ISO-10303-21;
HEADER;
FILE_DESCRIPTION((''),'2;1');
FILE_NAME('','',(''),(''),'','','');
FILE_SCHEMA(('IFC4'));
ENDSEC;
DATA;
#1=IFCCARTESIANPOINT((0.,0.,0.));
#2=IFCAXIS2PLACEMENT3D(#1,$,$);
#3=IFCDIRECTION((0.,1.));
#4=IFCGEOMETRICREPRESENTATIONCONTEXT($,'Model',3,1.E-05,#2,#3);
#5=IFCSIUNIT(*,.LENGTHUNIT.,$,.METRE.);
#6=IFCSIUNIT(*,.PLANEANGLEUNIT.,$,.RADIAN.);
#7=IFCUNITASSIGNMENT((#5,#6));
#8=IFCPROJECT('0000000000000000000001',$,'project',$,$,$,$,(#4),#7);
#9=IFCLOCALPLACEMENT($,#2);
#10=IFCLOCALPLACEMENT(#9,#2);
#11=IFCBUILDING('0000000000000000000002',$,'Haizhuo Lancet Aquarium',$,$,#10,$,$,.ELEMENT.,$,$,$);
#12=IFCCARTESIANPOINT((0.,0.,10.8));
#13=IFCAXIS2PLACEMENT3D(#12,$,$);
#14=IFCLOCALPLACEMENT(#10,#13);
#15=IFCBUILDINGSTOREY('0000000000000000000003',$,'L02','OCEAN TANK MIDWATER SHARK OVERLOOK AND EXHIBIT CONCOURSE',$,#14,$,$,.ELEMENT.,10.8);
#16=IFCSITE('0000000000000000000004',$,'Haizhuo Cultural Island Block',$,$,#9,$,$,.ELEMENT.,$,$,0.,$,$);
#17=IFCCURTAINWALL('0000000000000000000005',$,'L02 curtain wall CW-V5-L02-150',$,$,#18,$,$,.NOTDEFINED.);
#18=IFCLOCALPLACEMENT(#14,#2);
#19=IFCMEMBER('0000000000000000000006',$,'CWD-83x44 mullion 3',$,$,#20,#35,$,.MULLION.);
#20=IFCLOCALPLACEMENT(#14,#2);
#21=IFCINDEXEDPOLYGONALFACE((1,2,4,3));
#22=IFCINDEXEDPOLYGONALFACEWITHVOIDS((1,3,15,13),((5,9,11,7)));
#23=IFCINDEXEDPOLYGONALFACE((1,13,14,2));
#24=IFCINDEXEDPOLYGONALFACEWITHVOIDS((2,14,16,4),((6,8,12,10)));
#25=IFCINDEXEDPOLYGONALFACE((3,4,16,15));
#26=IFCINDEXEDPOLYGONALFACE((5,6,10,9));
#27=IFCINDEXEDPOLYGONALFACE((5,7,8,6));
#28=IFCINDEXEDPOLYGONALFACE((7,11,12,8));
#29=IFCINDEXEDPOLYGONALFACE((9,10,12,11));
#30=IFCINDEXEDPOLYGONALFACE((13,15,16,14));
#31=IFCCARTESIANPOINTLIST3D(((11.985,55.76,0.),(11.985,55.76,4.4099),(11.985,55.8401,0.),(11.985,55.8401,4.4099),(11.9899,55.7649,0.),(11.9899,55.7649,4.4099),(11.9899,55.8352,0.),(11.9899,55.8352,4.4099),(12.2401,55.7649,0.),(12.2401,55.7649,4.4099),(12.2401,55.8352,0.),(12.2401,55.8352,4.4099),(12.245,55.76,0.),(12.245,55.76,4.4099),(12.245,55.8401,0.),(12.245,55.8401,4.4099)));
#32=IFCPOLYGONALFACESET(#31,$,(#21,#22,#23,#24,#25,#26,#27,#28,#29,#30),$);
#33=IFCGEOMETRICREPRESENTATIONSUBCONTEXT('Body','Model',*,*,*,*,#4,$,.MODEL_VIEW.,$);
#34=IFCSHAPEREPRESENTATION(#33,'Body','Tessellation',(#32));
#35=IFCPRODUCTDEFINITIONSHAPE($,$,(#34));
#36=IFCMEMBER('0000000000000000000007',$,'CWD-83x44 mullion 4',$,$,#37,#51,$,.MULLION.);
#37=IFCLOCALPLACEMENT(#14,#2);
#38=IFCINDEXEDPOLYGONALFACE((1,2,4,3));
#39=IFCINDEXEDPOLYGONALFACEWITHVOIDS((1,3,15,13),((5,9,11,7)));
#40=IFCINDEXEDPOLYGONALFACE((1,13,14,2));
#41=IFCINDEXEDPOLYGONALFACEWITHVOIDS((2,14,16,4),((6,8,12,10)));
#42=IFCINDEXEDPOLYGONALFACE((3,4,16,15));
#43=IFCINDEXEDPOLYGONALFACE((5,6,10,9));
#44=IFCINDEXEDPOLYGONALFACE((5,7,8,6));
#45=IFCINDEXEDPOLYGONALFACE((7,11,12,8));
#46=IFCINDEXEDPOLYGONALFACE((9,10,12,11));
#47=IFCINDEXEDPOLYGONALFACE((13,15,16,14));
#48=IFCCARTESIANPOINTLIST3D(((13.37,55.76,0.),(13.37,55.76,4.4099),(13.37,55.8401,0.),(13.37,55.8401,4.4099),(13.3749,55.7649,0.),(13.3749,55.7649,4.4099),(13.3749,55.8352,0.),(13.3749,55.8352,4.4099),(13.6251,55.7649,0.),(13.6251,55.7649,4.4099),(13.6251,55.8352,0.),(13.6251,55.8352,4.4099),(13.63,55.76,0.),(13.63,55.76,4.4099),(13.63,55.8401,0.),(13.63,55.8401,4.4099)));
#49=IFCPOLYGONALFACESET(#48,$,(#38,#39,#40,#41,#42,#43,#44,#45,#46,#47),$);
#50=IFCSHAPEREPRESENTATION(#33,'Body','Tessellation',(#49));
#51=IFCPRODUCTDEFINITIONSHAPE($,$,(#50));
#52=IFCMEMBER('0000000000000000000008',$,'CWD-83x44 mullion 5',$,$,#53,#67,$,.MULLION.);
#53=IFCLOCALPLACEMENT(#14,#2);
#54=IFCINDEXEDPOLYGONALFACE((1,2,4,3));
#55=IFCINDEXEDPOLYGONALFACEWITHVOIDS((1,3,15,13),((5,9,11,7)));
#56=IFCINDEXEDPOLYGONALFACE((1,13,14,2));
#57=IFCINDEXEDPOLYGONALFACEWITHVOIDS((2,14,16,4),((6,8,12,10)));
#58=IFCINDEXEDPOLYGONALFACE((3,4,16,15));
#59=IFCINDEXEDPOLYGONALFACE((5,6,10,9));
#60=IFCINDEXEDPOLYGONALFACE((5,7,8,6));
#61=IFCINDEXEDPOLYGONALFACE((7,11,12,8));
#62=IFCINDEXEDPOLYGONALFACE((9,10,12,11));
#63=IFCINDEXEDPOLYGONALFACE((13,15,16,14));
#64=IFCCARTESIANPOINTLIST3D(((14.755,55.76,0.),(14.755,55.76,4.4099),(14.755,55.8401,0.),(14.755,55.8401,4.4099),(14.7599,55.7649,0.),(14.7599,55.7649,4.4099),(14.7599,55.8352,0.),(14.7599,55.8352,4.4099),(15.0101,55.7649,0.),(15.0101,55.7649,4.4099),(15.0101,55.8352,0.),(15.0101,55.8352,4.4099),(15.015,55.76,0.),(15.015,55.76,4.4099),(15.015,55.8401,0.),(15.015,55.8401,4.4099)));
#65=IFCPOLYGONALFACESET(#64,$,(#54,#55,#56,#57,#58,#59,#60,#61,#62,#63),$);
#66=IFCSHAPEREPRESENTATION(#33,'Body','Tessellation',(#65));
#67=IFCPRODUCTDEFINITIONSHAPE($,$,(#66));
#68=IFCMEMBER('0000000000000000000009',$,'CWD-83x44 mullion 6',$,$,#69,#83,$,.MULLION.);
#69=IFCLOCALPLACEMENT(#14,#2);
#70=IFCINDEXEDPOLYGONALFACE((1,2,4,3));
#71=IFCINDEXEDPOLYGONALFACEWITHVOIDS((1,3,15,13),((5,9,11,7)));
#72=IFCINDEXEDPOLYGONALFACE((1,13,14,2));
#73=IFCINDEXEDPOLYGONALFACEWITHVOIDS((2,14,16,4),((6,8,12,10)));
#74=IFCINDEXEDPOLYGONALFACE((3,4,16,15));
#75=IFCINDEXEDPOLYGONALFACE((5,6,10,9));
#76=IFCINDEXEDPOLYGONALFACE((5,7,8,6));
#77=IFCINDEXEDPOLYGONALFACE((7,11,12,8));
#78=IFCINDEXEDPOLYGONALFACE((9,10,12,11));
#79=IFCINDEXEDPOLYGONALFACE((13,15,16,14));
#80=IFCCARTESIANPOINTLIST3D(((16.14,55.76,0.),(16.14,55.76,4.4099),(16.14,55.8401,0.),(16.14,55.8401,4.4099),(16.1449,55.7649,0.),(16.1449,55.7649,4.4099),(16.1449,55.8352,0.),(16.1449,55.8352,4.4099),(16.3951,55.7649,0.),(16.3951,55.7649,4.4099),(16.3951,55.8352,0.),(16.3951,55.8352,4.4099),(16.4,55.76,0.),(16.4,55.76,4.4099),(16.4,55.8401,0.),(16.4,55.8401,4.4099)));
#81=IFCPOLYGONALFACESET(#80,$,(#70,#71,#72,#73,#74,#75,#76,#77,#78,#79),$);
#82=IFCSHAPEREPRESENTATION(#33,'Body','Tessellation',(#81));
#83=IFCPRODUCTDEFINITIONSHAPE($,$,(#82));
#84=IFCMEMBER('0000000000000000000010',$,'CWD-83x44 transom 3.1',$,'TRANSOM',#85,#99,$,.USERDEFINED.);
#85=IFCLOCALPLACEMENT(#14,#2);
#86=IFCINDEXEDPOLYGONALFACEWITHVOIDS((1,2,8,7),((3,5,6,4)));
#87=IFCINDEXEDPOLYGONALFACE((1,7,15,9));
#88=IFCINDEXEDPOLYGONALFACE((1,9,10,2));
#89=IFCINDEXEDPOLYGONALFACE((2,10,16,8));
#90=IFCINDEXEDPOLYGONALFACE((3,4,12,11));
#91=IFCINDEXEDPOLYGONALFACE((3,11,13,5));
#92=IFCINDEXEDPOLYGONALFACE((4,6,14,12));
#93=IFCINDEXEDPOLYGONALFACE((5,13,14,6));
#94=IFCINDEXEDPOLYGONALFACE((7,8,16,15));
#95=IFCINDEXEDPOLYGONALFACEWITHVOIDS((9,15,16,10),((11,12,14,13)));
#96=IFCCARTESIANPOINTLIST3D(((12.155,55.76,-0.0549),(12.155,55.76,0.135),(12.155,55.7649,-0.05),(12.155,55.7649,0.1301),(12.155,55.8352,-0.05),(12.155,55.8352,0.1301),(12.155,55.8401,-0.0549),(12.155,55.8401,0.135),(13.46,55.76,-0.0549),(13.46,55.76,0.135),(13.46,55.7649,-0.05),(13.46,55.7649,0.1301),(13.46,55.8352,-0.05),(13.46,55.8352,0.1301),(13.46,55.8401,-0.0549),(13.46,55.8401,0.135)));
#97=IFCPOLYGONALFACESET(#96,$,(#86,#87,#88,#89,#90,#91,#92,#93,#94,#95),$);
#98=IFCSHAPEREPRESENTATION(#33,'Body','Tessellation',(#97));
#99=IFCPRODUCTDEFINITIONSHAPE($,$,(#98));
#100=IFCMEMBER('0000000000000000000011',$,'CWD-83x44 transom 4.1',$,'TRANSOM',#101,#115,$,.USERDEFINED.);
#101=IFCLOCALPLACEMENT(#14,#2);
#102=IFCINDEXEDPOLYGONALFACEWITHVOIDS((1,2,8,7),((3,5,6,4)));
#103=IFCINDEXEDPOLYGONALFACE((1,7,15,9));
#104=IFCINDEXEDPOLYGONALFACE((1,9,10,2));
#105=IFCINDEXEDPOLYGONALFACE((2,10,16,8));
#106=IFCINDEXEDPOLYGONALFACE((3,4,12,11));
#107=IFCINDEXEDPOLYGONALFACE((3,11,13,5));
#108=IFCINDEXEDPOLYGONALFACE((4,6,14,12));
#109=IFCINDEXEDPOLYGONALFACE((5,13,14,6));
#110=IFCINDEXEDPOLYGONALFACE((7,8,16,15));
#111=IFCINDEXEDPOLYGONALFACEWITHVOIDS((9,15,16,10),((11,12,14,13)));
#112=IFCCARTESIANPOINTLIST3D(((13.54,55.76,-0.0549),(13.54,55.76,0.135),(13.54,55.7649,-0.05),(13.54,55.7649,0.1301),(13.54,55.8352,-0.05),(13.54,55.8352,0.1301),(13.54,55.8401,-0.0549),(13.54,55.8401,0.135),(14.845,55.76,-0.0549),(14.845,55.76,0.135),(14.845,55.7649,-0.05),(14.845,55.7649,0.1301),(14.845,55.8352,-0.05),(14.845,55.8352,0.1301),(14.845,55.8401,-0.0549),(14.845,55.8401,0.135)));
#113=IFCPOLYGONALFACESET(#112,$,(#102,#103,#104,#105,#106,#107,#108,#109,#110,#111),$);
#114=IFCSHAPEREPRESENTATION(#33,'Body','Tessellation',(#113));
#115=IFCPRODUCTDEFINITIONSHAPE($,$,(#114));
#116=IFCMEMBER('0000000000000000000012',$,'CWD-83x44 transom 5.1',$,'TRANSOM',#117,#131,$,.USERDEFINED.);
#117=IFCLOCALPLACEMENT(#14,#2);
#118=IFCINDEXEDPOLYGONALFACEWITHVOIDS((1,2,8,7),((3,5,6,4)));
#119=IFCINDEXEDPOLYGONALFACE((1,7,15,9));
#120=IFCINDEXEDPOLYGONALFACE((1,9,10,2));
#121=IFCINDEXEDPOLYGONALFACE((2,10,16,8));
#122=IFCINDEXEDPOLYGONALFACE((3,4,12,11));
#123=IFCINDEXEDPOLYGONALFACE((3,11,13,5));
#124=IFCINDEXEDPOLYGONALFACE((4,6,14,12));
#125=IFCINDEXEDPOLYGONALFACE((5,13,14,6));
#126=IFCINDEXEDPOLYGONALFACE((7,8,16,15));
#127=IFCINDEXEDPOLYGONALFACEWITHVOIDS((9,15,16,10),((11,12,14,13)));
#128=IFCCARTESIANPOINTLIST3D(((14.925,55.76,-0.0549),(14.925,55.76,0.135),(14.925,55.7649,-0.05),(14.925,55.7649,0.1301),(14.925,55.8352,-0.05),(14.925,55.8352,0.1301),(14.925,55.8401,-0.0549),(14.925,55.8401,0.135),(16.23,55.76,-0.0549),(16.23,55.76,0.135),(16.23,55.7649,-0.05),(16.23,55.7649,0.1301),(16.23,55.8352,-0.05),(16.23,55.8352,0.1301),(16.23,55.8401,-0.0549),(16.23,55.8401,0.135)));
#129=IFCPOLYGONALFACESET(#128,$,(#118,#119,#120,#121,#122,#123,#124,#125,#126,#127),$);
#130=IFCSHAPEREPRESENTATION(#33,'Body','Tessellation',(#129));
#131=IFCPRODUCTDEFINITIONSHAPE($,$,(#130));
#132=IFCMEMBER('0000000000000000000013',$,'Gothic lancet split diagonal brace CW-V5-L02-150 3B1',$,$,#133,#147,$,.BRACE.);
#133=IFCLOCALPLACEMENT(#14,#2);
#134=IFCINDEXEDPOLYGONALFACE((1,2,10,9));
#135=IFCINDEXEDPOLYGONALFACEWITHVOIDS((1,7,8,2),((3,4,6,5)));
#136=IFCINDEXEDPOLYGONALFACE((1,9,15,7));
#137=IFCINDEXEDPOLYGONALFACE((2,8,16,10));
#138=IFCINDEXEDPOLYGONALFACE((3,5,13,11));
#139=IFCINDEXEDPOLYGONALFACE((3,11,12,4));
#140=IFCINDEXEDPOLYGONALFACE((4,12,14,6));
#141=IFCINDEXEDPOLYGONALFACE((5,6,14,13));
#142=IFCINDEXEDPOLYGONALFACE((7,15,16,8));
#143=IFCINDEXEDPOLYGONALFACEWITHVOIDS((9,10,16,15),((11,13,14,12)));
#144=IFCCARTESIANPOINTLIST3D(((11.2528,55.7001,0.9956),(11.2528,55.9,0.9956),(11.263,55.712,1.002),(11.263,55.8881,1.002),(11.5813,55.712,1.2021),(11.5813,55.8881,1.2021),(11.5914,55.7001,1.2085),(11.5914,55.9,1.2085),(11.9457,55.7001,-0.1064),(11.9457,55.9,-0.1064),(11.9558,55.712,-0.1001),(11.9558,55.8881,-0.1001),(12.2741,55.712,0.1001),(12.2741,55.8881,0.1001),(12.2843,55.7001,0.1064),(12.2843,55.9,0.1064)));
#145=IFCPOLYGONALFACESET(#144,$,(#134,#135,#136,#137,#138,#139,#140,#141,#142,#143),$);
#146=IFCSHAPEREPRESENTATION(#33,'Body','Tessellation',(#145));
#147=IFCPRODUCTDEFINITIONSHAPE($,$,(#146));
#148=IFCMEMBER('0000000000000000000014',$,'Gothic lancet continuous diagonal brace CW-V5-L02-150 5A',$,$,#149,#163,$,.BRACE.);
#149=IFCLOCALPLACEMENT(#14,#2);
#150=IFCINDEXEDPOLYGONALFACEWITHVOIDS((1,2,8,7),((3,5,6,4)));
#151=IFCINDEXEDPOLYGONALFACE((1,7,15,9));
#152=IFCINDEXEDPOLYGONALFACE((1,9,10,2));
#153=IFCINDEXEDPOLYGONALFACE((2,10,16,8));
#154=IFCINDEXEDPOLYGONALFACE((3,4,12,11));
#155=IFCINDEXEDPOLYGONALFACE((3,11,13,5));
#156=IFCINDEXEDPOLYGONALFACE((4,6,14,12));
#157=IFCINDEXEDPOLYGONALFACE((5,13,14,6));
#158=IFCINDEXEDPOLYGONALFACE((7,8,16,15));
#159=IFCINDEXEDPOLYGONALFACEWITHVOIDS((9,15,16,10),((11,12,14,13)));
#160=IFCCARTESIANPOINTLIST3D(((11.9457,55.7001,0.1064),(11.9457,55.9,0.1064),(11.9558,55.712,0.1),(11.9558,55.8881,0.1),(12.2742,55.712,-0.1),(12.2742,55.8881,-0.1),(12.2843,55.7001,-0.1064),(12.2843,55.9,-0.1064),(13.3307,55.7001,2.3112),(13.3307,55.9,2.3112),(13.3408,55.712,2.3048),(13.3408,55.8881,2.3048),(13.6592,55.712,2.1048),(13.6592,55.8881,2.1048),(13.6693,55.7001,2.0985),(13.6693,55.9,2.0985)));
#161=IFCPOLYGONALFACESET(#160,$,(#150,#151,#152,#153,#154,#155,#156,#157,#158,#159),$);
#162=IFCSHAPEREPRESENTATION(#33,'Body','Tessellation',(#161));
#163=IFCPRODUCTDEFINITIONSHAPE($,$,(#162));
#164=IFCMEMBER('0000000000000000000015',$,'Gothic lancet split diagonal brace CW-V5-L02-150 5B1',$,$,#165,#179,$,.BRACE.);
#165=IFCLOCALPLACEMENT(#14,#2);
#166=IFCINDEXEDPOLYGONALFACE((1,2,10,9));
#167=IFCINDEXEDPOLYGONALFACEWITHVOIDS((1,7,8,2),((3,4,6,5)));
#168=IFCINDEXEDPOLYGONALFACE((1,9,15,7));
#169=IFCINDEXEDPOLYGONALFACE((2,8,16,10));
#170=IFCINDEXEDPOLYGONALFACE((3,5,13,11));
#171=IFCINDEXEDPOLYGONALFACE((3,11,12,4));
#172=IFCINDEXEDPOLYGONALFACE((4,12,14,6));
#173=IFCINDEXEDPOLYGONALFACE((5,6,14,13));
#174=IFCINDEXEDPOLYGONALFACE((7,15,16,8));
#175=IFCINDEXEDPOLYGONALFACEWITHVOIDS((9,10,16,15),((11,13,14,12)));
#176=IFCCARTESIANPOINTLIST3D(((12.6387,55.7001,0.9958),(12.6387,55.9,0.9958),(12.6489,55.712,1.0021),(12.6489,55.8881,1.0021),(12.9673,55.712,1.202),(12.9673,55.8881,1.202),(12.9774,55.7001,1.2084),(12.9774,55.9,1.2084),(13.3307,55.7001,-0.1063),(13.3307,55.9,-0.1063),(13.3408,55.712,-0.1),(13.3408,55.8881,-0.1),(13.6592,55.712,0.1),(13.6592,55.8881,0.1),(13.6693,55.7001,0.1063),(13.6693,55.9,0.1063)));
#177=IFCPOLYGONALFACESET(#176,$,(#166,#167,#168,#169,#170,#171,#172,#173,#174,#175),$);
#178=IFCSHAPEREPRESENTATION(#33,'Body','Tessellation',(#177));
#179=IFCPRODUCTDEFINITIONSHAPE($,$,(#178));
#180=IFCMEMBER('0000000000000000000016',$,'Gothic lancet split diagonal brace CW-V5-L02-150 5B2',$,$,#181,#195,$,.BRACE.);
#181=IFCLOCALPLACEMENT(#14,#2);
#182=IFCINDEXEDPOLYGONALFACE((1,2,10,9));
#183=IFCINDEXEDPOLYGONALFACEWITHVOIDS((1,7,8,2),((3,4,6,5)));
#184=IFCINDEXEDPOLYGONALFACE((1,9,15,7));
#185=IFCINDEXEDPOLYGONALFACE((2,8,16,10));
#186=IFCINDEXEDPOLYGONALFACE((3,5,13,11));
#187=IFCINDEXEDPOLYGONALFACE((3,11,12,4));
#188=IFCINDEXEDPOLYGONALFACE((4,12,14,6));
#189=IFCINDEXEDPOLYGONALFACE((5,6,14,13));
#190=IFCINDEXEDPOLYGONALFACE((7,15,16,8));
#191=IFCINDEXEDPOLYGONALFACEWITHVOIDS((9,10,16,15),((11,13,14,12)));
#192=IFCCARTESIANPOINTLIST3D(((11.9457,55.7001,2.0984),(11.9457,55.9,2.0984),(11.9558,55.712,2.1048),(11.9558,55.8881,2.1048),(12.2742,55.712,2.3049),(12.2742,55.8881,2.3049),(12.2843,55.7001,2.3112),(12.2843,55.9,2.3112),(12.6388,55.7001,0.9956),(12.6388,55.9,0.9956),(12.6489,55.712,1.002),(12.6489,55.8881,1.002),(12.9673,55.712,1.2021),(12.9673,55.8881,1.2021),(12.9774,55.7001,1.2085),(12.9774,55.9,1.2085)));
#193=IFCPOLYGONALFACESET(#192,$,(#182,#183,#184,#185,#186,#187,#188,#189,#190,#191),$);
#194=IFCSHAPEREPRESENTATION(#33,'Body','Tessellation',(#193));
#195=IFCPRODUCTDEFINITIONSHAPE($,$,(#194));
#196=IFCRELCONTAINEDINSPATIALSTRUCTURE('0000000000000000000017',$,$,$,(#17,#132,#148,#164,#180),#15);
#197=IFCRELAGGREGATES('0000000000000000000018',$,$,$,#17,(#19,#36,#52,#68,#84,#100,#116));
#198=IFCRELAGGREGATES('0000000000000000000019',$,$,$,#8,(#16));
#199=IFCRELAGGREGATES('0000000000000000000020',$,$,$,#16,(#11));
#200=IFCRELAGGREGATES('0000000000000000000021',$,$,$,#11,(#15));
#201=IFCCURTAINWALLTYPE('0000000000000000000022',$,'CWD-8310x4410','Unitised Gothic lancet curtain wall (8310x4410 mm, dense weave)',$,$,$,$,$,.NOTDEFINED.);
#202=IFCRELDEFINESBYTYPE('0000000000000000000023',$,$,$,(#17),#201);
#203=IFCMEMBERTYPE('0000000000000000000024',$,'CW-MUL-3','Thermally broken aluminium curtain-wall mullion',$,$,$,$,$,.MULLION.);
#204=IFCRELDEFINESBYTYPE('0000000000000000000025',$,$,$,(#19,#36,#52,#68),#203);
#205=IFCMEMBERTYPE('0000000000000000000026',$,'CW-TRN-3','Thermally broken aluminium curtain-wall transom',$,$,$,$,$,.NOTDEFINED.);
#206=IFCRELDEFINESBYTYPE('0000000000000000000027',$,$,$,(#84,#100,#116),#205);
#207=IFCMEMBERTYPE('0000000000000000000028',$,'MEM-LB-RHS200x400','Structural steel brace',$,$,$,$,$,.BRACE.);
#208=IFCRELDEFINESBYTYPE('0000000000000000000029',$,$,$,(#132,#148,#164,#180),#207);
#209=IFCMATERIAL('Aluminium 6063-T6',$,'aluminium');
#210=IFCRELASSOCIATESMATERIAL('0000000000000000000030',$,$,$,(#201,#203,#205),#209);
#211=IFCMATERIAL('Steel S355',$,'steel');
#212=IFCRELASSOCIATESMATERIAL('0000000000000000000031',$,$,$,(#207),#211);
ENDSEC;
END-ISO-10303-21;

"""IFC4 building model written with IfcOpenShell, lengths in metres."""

from ifc_helpers import new_model, si_unit, direction, frame, origin, origin_2d, place, context, subcontext, project, spatial, hollow_rectangle, extrude, material, material_profile, profile_set, type_object, element, aggregate, save


model = new_model("IFC4")

# Units and contexts
model_context = context("Model", 3, precision=1e-05, world=origin(), true_north=direction((0.0, 1.0)))
body_context = subcontext(model_context, "Body", "Model", "MODEL_VIEW")
ifc_project = project(units=[si_unit("LENGTHUNIT", "METRE"), si_unit("PLANEANGLEUNIT", "RADIAN")], contexts=[model_context])

# Site, building, storey
site_placement = place(None, origin())
site = spatial("IfcSite", under=ifc_project, at=site_placement, Name="Haizhuo Cultural Island Block", CompositionType="ELEMENT", RefElevation=0.0)
building_placement = place(site_placement, origin())
building = spatial("IfcBuilding", under=site, at=building_placement, Name="Haizhuo Lancet Aquarium", CompositionType="ELEMENT")
storey_placement = place(building_placement, frame((0.0, 0.0, 10.8)))
storey = spatial("IfcBuildingStorey", under=building, at=storey_placement, Name="L02", Description="OCEAN TANK MIDWATER SHARK OVERLOOK AND EXHIBIT CONCOURSE", CompositionType="ELEMENT", Elevation=10.8)

# Curtain wall, members
ifc_material_1 = material(Name="Aluminium 6063-T6", Category="aluminium")
curtain_wall_type = type_object("IfcCurtainWallType", Name="CWD-8310x4410", Description="Unitised Gothic lancet curtain wall (8310x4410 mm, dense weave)", PredefinedType="NOTDEFINED", material=ifc_material_1)
curtain_wall_placement = place(storey_placement, origin())
curtain_wall = element("IfcCurtainWall", 1, at=curtain_wall_placement, inside=storey, type_object=curtain_wall_type, Name="L02 curtain wall CW-V5-L02-150", PredefinedType="NOTDEFINED")
ifc_material_profile_1 = material_profile(ifc_material_1, hollow_rectangle(XDim=0.0801, YDim=0.26, WallThickness=0.0049, at=origin_2d()), Name="ALU-M 80x260x5")
ifc_profile_set_1 = profile_set([ifc_material_profile_1], Name="Aluminium 6063-T6")
member_type_1 = type_object("IfcMemberType", Name="CW-MUL-3", Description="Thermally broken aluminium curtain-wall mullion", PredefinedType="MULLION", material=ifc_profile_set_1)
member_1_placement = place(storey_placement, frame((12.115, 55.8, 0.0), z_axis=(0.0, 0.0, 1.0), x_axis=(0.0, 1.0, 0.0)))
member_1 = element("IfcMember", 2, at=member_1_placement, type_object=member_type_1, Name="CWD-83x44 mullion 3", PredefinedType="MULLION", context=body_context, shape_type="SweptSolid", body=[
    extrude(hollow_rectangle(XDim=0.0801, YDim=0.26, WallThickness=0.0049, at=origin_2d()), origin(), (0.0, 0.0, 1.0), 4.4099),
])
member_2_placement = place(storey_placement, frame((13.5, 55.8, 0.0), z_axis=(0.0, 0.0, 1.0), x_axis=(0.0, 1.0, 0.0)))
member_2 = element("IfcMember", 3, at=member_2_placement, type_object=member_type_1, Name="CWD-83x44 mullion 4", PredefinedType="MULLION", context=body_context, shape_type="SweptSolid", body=[
    extrude(hollow_rectangle(XDim=0.0801, YDim=0.26, WallThickness=0.0049, at=origin_2d()), origin(), (0.0, 0.0, 1.0), 4.4099),
])
member_3_placement = place(storey_placement, frame((14.885, 55.8, 0.0), z_axis=(0.0, 0.0, 1.0), x_axis=(0.0, 1.0, 0.0)))
member_3 = element("IfcMember", 4, at=member_3_placement, type_object=member_type_1, Name="CWD-83x44 mullion 5", PredefinedType="MULLION", context=body_context, shape_type="SweptSolid", body=[
    extrude(hollow_rectangle(XDim=0.0801, YDim=0.26, WallThickness=0.0049, at=origin_2d()), origin(), (0.0, 0.0, 1.0), 4.4099),
])
member_4_placement = place(storey_placement, frame((16.27, 55.8, 0.0), z_axis=(0.0, 0.0, 1.0), x_axis=(0.0, 1.0, 0.0)))
member_4 = element("IfcMember", 5, at=member_4_placement, type_object=member_type_1, Name="CWD-83x44 mullion 6", PredefinedType="MULLION", context=body_context, shape_type="SweptSolid", body=[
    extrude(hollow_rectangle(XDim=0.0801, YDim=0.26, WallThickness=0.0049, at=origin_2d()), origin(), (0.0, 0.0, 1.0), 4.4099),
])
ifc_material_profile_2 = material_profile(ifc_material_1, hollow_rectangle(XDim=0.0801, YDim=0.1899, WallThickness=0.0049, at=origin_2d()), Name="ALU-T 80x190x5")
ifc_profile_set_2 = profile_set([ifc_material_profile_2], Name="Aluminium 6063-T6")
member_type_2 = type_object("IfcMemberType", Name="CW-TRN-3", Description="Thermally broken aluminium curtain-wall transom", PredefinedType="NOTDEFINED", material=ifc_profile_set_2)
member_5_placement = place(storey_placement, frame((12.155, 55.8, 0.04), z_axis=(1.0, 0.0, 0.0), x_axis=(0.0, 1.0, 0.0)))
member_5 = element("IfcMember", 6, at=member_5_placement, type_object=member_type_2, Name="CWD-83x44 transom 3.1", ObjectType="TRANSOM", PredefinedType="USERDEFINED", context=body_context, shape_type="SweptSolid", body=[
    extrude(hollow_rectangle(XDim=0.0801, YDim=0.1899, WallThickness=0.0049, at=origin_2d()), origin(), (0.0, 0.0, 1.0), 1.3049),
])
member_6_placement = place(storey_placement, frame((13.54, 55.8, 0.04), z_axis=(1.0, 0.0, 0.0), x_axis=(0.0, 1.0, 0.0)))
member_6 = element("IfcMember", 7, at=member_6_placement, type_object=member_type_2, Name="CWD-83x44 transom 4.1", ObjectType="TRANSOM", PredefinedType="USERDEFINED", context=body_context, shape_type="SweptSolid", body=[
    extrude(hollow_rectangle(XDim=0.0801, YDim=0.1899, WallThickness=0.0049, at=origin_2d()), origin(), (0.0, 0.0, 1.0), 1.3049),
])
member_7_placement = place(storey_placement, frame((14.925, 55.8, 0.04), z_axis=(1.0, 0.0, 0.0), x_axis=(0.0, 1.0, 0.0)))
member_7 = element("IfcMember", 8, at=member_7_placement, type_object=member_type_2, Name="CWD-83x44 transom 5.1", ObjectType="TRANSOM", PredefinedType="USERDEFINED", context=body_context, shape_type="SweptSolid", body=[
    extrude(hollow_rectangle(XDim=0.0801, YDim=0.1899, WallThickness=0.0049, at=origin_2d()), origin(), (0.0, 0.0, 1.0), 1.3049),
])

# Members
ifc_material_2 = material(Name="Steel S355", Category="steel")
ifc_material_profile_3 = material_profile(ifc_material_2, hollow_rectangle(XDim=0.2, YDim=0.3999, WallThickness=0.012, at=origin_2d()), Name="RHS 200x400x12")
ifc_profile_set_3 = profile_set([ifc_material_profile_3], Name="Steel S355")
member_type_3 = type_object("IfcMemberType", Name="MEM-LB-RHS200x400", Description="Structural steel brace", PredefinedType="BRACE", material=ifc_profile_set_3)
member_8_placement = place(storey_placement, frame((12.115, 55.8, 0.0), z_axis=(-0.532256, 0.0, 0.846583), x_axis=(0.0, -1.0, 0.0)))
element("IfcMember", 9, at=member_8_placement, inside=storey, type_object=member_type_3, Name="Gothic lancet split diagonal brace CW-V5-L02-150 3B1", PredefinedType="BRACE", context=body_context, shape_type="SweptSolid", body=[
    extrude(hollow_rectangle(XDim=0.2, YDim=0.3999, WallThickness=0.012, at=origin_2d()), origin(), (0.0, 0.0, 1.0), 1.3018),
])
member_9_placement = place(storey_placement, frame((12.115, 55.8, 0.0), z_axis=(0.531928, 0.0, 0.84679), x_axis=(0.0, 1.0, 0.0)))
element("IfcMember", 10, at=member_9_placement, inside=storey, type_object=member_type_3, Name="Gothic lancet continuous diagonal brace CW-V5-L02-150 5A", PredefinedType="BRACE", context=body_context, shape_type="SweptSolid", body=[
    extrude(hollow_rectangle(XDim=0.2, YDim=0.3999, WallThickness=0.012, at=origin_2d()), origin(), (0.0, 0.0, 1.0), 2.6038),
])
member_10_placement = place(storey_placement, frame((13.5, 55.8, 0.0), z_axis=(-0.531718, 0.0, 0.846921), x_axis=(0.0, -1.0, 0.0)))
element("IfcMember", 11, at=member_10_placement, inside=storey, type_object=member_type_3, Name="Gothic lancet split diagonal brace CW-V5-L02-150 5B1", PredefinedType="BRACE", context=body_context, shape_type="SweptSolid", body=[
    extrude(hollow_rectangle(XDim=0.2, YDim=0.3999, WallThickness=0.012, at=origin_2d()), origin(), (0.0, 0.0, 1.0), 1.3013),
])
member_11_placement = place(storey_placement, frame((12.8081, 55.8, 1.1021), z_axis=(-0.532137, 0.0, 0.846658), x_axis=(0.0, -1.0, 0.0)))
element("IfcMember", 12, at=member_11_placement, inside=storey, type_object=member_type_3, Name="Gothic lancet split diagonal brace CW-V5-L02-150 5B2", PredefinedType="BRACE", context=body_context, shape_type="SweptSolid", body=[
    extrude(hollow_rectangle(XDim=0.2, YDim=0.3999, WallThickness=0.012, at=origin_2d()), origin(), (0.0, 0.0, 1.0), 1.3025),
])

aggregate(curtain_wall, [member_1, member_2, member_3, member_4, member_5, member_6, member_7])

save(model, "model.ifc")
